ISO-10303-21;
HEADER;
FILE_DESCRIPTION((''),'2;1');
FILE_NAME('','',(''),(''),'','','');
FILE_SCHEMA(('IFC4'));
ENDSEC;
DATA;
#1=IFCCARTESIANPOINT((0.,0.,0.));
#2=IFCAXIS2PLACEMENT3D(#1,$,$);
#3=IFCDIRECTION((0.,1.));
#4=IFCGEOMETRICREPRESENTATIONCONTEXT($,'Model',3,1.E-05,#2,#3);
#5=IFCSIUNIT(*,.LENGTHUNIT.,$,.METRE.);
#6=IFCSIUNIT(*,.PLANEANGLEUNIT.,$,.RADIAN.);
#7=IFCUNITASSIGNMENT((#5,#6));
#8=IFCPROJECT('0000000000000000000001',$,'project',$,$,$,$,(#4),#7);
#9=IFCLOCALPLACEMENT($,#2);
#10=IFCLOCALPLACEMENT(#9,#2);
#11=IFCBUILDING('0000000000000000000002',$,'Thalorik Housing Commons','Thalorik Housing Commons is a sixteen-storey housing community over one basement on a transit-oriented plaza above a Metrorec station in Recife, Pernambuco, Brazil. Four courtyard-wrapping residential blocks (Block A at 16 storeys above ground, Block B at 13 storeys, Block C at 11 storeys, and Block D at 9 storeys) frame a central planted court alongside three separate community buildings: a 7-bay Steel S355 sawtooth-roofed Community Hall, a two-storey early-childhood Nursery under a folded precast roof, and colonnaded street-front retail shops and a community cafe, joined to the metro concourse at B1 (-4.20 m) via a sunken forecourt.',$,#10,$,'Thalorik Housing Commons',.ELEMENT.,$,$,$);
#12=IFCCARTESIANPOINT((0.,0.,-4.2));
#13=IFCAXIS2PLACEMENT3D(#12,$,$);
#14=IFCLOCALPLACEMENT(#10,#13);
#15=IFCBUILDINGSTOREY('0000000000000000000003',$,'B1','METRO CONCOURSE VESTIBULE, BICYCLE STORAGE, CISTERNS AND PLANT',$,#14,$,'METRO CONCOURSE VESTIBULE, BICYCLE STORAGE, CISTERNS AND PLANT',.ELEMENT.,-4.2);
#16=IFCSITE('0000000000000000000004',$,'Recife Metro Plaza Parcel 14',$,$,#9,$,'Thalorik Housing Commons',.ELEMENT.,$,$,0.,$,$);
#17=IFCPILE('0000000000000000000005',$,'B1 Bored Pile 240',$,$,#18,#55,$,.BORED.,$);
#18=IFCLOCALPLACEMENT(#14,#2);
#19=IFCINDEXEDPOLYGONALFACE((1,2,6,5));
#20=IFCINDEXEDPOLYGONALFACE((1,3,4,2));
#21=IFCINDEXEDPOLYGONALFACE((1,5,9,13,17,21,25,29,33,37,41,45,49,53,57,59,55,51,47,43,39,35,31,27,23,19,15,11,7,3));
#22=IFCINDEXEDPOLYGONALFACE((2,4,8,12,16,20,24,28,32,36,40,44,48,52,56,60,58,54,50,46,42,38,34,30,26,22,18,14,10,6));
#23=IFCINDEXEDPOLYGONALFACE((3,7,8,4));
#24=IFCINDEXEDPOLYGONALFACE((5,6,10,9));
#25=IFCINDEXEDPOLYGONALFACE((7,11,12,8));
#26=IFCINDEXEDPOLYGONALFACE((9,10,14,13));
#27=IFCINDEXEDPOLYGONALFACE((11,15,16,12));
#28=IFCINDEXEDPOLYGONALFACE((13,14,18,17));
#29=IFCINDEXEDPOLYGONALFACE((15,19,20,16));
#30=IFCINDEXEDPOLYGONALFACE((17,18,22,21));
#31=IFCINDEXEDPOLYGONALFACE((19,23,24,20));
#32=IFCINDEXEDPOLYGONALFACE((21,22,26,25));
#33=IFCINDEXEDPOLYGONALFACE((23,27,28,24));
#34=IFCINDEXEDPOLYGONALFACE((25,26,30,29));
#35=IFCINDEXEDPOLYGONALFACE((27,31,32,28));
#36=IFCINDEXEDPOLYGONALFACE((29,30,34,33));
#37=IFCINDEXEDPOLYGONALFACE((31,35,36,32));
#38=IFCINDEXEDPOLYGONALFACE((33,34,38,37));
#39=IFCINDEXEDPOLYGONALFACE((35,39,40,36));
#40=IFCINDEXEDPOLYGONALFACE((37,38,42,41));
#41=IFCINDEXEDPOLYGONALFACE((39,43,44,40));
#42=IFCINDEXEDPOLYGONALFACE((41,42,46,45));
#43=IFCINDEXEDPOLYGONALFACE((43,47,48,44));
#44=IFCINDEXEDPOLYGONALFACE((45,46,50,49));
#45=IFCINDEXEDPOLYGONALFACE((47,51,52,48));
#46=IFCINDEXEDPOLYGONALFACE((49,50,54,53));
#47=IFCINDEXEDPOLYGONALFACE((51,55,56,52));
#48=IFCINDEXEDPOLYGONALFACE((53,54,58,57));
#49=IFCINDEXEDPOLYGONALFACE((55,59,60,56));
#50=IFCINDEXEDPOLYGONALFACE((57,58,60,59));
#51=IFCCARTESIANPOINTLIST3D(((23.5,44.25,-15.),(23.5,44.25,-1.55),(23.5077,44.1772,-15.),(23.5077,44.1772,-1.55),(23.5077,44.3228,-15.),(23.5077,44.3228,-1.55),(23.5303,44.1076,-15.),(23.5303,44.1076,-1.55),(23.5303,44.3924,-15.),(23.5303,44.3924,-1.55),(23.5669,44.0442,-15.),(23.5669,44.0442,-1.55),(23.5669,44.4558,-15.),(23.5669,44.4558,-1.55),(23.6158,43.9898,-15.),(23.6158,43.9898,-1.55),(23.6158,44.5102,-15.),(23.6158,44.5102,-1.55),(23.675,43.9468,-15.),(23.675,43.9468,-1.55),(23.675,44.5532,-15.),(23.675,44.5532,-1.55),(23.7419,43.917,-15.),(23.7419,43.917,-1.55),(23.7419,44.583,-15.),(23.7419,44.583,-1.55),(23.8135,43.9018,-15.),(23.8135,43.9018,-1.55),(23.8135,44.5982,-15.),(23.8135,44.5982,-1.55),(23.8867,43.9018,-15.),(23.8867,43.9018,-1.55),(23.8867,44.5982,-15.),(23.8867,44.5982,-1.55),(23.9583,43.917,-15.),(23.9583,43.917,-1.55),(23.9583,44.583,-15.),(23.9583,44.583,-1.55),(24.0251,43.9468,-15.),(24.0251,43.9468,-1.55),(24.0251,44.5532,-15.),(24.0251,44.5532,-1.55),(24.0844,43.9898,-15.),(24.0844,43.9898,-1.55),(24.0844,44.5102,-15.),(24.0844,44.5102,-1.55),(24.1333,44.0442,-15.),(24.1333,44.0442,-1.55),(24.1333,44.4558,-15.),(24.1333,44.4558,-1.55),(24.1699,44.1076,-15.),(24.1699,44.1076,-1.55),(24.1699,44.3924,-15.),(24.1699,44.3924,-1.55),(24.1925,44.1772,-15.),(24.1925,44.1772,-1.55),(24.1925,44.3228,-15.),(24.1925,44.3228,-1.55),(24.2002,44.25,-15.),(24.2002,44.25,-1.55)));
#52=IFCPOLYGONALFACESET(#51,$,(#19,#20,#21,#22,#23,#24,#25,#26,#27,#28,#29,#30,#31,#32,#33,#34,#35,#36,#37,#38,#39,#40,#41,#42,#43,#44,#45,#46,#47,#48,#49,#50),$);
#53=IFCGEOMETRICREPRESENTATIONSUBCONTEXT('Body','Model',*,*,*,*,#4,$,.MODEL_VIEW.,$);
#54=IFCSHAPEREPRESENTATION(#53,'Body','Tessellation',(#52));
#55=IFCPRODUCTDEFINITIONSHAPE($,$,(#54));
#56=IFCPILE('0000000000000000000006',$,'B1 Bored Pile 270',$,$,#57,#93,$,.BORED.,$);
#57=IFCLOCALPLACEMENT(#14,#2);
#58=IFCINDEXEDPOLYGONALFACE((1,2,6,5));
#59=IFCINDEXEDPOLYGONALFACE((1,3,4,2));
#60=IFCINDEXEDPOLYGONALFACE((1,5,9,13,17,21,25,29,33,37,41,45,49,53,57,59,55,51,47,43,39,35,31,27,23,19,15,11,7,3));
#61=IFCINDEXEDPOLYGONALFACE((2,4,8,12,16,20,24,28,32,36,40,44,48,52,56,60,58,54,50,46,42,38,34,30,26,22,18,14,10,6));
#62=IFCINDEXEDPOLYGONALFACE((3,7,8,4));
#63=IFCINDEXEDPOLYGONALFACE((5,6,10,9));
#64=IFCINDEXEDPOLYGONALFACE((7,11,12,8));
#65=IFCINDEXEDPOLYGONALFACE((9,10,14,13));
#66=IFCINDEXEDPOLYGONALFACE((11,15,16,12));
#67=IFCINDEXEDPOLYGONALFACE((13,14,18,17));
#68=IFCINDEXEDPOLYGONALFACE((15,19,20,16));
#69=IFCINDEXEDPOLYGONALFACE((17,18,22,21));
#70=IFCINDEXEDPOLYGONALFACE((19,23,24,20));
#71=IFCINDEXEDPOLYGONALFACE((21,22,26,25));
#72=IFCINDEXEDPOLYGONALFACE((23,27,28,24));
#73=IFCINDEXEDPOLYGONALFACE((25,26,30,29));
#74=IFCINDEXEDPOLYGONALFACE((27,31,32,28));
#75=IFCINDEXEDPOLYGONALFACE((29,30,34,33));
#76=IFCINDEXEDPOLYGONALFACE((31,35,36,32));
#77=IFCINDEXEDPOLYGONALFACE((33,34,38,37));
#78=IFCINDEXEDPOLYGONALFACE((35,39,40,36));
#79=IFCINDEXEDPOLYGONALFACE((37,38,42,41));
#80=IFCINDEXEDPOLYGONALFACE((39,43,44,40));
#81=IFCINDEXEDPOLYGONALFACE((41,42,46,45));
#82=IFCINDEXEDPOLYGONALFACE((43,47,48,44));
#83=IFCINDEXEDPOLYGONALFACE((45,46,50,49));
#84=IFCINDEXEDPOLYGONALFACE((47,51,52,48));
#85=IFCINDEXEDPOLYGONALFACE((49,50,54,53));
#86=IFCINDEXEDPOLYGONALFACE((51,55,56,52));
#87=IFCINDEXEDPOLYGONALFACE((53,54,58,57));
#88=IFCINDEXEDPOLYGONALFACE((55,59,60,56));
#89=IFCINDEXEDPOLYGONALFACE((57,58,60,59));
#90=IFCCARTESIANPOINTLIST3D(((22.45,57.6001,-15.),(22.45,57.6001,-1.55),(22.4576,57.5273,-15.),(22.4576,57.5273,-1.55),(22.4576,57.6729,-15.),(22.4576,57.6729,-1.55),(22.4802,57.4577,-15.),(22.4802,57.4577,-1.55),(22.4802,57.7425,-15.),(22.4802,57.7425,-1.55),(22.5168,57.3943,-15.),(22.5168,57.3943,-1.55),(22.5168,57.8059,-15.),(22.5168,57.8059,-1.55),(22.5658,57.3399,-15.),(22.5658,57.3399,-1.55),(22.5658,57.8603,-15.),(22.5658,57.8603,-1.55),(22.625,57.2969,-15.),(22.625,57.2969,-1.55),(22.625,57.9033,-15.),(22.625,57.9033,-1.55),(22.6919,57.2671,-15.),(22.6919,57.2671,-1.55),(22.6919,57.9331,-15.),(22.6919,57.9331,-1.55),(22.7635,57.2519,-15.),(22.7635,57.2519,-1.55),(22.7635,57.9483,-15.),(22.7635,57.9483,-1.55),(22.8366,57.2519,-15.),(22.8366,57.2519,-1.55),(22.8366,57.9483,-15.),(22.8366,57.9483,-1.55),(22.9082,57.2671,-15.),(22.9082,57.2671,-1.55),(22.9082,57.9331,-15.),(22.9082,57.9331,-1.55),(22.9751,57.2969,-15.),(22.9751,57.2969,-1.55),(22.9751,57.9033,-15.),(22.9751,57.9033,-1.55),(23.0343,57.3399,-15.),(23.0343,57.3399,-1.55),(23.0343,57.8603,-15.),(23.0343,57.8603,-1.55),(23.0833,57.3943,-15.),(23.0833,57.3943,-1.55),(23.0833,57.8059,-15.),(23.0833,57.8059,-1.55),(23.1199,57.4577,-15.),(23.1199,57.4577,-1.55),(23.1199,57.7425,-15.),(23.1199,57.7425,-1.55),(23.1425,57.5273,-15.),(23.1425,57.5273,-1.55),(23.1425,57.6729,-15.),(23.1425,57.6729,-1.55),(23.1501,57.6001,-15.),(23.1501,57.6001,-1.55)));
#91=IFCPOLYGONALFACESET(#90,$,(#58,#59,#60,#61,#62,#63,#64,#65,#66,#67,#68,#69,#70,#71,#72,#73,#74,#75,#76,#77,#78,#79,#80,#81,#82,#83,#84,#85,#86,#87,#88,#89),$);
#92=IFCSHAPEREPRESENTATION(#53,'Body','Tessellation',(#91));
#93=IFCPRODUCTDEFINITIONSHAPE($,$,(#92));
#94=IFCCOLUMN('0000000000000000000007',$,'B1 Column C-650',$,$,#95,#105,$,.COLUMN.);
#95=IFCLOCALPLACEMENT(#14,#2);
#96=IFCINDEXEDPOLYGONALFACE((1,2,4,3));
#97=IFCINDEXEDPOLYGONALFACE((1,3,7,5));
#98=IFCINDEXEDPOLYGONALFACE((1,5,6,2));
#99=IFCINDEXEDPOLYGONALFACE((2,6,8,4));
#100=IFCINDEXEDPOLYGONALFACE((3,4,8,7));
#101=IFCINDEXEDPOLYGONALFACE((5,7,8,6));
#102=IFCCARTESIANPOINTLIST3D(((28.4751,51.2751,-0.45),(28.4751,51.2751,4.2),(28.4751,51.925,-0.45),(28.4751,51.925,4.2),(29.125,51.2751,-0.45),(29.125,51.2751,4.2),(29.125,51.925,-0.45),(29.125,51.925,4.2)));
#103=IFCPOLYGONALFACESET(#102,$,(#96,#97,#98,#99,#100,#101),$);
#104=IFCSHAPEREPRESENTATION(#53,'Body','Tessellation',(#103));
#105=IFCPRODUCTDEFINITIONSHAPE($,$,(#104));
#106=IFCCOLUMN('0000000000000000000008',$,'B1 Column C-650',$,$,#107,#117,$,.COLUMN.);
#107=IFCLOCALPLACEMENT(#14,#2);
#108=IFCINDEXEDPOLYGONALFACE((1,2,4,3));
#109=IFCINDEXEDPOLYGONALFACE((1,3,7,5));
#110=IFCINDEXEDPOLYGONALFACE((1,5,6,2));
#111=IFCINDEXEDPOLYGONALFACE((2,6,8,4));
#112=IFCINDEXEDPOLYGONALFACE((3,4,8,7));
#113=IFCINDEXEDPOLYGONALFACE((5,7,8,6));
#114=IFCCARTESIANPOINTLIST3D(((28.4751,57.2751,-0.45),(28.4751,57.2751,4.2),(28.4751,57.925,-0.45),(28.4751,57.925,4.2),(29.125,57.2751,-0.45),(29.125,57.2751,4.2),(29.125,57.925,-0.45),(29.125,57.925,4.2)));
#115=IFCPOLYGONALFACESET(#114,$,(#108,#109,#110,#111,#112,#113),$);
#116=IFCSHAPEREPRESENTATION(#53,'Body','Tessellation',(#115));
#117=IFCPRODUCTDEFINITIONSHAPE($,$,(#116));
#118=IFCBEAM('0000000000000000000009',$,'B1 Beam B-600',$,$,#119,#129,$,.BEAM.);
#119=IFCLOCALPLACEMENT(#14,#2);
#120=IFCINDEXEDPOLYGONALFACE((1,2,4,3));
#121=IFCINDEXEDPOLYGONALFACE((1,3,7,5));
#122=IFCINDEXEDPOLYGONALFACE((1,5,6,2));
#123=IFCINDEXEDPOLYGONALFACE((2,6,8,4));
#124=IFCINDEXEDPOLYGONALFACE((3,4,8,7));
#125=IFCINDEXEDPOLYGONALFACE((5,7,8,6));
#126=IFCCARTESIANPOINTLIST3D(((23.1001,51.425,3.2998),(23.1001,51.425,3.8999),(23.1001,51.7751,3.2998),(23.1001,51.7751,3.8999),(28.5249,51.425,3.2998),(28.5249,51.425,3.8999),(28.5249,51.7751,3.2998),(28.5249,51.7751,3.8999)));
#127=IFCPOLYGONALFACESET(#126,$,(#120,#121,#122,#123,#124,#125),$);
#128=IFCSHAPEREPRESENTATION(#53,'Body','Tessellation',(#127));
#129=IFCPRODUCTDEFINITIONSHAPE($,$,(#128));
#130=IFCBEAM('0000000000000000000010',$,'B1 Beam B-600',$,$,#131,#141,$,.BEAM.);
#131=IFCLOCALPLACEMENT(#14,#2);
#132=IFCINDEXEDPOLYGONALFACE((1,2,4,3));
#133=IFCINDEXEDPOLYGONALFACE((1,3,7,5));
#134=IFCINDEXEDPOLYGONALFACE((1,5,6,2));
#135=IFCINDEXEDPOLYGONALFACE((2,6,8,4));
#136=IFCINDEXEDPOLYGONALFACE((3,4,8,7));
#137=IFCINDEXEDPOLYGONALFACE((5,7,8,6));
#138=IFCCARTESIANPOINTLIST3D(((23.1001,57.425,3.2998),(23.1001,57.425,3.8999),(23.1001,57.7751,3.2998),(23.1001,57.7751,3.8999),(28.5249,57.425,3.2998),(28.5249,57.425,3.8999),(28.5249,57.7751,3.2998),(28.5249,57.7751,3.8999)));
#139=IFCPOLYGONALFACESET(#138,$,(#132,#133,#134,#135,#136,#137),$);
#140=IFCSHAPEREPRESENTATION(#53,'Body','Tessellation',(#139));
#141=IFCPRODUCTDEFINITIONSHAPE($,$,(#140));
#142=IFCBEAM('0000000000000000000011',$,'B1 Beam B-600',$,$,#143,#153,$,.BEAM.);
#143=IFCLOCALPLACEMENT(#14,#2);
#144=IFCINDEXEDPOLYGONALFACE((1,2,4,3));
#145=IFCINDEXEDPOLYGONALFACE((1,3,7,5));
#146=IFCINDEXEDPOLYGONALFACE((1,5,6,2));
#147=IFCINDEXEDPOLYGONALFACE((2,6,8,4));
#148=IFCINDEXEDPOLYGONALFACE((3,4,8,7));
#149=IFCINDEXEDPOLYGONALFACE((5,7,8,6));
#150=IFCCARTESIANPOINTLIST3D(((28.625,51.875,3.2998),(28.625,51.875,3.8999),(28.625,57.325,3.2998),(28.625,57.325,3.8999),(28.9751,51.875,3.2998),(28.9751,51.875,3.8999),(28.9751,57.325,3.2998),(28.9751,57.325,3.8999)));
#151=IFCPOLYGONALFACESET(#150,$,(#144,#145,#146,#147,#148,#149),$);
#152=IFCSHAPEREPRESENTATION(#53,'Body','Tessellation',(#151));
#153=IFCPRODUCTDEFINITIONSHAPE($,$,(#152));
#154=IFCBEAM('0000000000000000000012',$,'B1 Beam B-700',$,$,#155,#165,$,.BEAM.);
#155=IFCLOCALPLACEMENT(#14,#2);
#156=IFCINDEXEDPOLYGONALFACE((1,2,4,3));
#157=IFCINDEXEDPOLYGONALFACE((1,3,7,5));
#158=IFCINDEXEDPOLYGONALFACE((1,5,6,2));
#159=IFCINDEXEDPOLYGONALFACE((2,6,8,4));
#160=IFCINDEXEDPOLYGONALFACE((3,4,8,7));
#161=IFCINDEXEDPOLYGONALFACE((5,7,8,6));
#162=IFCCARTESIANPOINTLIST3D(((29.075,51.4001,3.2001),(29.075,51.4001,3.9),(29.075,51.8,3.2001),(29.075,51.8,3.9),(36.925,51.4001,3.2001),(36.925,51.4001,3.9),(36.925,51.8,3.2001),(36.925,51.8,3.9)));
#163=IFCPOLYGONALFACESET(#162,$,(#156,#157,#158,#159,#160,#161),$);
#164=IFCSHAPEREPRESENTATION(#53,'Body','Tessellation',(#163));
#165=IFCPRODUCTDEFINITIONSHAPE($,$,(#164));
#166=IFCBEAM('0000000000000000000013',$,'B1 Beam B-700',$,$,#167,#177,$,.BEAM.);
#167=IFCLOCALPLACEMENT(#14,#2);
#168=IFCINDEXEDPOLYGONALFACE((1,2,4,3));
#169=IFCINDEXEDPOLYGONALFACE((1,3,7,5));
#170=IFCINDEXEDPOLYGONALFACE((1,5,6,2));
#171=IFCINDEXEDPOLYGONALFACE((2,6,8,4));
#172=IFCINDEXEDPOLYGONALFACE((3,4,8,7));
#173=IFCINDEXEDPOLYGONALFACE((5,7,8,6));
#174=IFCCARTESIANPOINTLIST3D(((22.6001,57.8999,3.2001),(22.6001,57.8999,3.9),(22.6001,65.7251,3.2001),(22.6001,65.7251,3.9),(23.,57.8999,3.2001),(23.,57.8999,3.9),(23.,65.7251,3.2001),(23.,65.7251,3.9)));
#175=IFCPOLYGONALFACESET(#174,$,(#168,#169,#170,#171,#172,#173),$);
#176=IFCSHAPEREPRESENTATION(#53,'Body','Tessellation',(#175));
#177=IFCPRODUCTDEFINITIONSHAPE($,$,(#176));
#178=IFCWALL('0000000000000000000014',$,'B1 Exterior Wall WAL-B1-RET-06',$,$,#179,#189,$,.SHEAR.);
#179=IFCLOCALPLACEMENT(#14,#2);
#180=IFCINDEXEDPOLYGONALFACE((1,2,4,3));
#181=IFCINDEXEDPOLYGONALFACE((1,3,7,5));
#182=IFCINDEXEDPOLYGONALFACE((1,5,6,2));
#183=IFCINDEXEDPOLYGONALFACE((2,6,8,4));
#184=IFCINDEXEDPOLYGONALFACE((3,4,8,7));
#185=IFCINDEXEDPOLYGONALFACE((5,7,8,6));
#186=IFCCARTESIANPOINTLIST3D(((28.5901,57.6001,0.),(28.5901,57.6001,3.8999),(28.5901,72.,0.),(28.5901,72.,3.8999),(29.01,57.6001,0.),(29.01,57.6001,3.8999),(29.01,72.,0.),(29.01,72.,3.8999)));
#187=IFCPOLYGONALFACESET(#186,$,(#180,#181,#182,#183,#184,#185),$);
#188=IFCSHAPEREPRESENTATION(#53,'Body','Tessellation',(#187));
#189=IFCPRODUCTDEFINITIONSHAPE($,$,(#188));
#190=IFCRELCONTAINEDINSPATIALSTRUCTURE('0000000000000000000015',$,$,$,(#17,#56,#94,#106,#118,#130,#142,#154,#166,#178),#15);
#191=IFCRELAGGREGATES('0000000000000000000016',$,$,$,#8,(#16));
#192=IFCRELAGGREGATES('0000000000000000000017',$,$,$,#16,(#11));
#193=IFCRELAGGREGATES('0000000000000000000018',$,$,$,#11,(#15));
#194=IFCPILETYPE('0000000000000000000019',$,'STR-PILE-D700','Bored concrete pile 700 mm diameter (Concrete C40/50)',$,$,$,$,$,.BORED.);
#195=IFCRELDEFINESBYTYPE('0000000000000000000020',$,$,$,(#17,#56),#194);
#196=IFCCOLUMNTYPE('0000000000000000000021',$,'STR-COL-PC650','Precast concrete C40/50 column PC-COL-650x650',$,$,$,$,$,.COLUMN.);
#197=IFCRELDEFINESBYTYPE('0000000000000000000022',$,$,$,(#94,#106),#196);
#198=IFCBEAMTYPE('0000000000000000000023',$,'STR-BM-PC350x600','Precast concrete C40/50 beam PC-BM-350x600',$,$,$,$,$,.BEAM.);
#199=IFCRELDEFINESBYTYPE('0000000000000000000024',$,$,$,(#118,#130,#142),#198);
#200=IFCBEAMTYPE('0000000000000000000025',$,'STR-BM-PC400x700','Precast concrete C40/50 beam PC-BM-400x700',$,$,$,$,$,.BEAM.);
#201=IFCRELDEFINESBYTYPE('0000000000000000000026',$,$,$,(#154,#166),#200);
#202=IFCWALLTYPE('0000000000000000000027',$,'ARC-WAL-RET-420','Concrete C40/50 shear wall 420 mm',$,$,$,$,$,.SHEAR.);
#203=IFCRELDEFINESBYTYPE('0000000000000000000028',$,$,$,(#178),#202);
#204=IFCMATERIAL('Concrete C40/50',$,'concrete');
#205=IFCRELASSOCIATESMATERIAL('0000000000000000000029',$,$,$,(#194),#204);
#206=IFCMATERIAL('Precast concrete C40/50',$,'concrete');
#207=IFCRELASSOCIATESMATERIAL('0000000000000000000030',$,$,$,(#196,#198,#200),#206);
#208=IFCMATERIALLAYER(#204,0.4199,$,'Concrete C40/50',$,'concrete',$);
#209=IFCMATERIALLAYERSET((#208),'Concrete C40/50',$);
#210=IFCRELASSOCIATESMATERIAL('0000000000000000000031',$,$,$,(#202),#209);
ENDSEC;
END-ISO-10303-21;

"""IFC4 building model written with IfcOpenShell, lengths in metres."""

from ifc_helpers import new_model, si_unit, direction, frame, frame_2d, origin, origin_2d, place, context, subcontext, project, spatial, rectangle, circle, extrude, material, layer, layer_set, material_profile, profile_set, type_object, element, save


model = new_model("IFC4")

# Units and contexts
model_context = context("Model", 3, precision=1e-05, world=origin(), true_north=direction((0.0, 1.0)))
body_context = subcontext(model_context, "Body", "Model", "MODEL_VIEW")
ifc_project = project(units=[si_unit("LENGTHUNIT", "METRE"), si_unit("PLANEANGLEUNIT", "RADIAN")], contexts=[model_context])

# Site, building, storey
site_placement = place(None, origin())
site = spatial("IfcSite", under=ifc_project, at=site_placement, Name="Recife Metro Plaza Parcel 14", LongName="Thalorik Housing Commons", CompositionType="ELEMENT", RefElevation=0.0)
building_placement = place(site_placement, origin())
building = spatial("IfcBuilding", under=site, at=building_placement, Name="Thalorik Housing Commons", Description="Thalorik Housing Commons is a sixteen-storey housing community over one basement on a transit-oriented plaza above a Metrorec station in Recife, Pernambuco, Brazil. Four courtyard-wrapping residential blocks (Block A at 16 storeys above ground, Block B at 13 storeys, Block C at 11 storeys, and Block D at 9 storeys) frame a central planted court alongside three separate community buildings: a 7-bay Steel S355 sawtooth-roofed Community Hall, a two-storey early-childhood Nursery under a folded precast roof, and colonnaded street-front retail shops and a community cafe, joined to the metro concourse at B1 (-4.20 m) via a sunken forecourt.", LongName="Thalorik Housing Commons", CompositionType="ELEMENT")
storey_placement = place(building_placement, frame((0.0, 0.0, -4.2)))
storey = spatial("IfcBuildingStorey", under=building, at=storey_placement, Name="B1", Description="METRO CONCOURSE VESTIBULE, BICYCLE STORAGE, CISTERNS AND PLANT", LongName="METRO CONCOURSE VESTIBULE, BICYCLE STORAGE, CISTERNS AND PLANT", CompositionType="ELEMENT", Elevation=-4.2)

# Shared definitions
ifc_material_1 = material(Name="Concrete C40/50", Category="concrete")

# Piles
ifc_material_profile_1 = material_profile(ifc_material_1, circle(Radius=0.3501, at=origin_2d()), Name="BORED PILE D700", Category="concrete")
ifc_profile_set_1 = profile_set([ifc_material_profile_1], Name="Concrete C40/50")
pile_type_1 = type_object("IfcPileType", Name="STR-PILE-D700", Description="Bored concrete pile 700 mm diameter (Concrete C40/50)", PredefinedType="BORED", material=ifc_profile_set_1)
for number, where, z_axis, x_axis, name in (
    (1, (23.8501, 44.25, -1.55), (0.0, 0.0, -1.0), (1.0, 0.0, 0.0), "B1 Bored Pile 240"),
    (2, (22.8, 57.6001, -1.55), (0.0, 0.0, -1.0), (1.0, 0.0, 0.0), "B1 Bored Pile 270"),
):
    element("IfcPile", number, at=place(storey_placement, frame(where, z_axis=z_axis, x_axis=x_axis)), inside=storey, type_object=pile_type_1, Name=name, PredefinedType="BORED", context=body_context, shape_type="SweptSolid", body=[
        extrude(circle(Radius=0.3501, at=origin_2d()), origin(), (0.0, 0.0, 1.0), 13.45),
    ])

# Columns
ifc_material_2 = material(Name="Precast concrete C40/50", Category="concrete")
ifc_material_profile_2 = material_profile(ifc_material_2, rectangle(XDim=0.6499, YDim=0.6499, at=origin_2d()), Name="PC 650x650", Category="concrete")
ifc_profile_set_2 = profile_set([ifc_material_profile_2], Name="Precast concrete C40/50")
column_type = type_object("IfcColumnType", Name="STR-COL-PC650", Description="Precast concrete C40/50 column PC-COL-650x650", PredefinedType="COLUMN", material=ifc_profile_set_2)
for number, where, z_axis, x_axis, name in (
    (3, (28.8, 51.6001, -0.45), (0.0, 0.0, 1.0), (1.0, 0.0, 0.0), "B1 Column C-650"),
    (4, (28.8, 57.6001, -0.45), (0.0, 0.0, 1.0), (1.0, 0.0, 0.0), "B1 Column C-650"),
):
    element("IfcColumn", number, at=place(storey_placement, frame(where, z_axis=z_axis, x_axis=x_axis)), inside=storey, type_object=column_type, Name=name, PredefinedType="COLUMN", context=body_context, shape_type="SweptSolid", body=[
        extrude(rectangle(XDim=0.6499, YDim=0.6499, at=origin_2d()), origin(), (0.0, 0.0, 1.0), 4.6499),
    ])

# Beams
ifc_material_profile_3 = material_profile(ifc_material_2, rectangle(XDim=0.3501, YDim=0.6001, at=origin_2d()), Name="PC 350x600", Category="concrete")
ifc_profile_set_3 = profile_set([ifc_material_profile_3], Name="Precast concrete C40/50")
beam_type_1 = type_object("IfcBeamType", Name="STR-BM-PC350x600", Description="Precast concrete C40/50 beam PC-BM-350x600", PredefinedType="BEAM", material=ifc_profile_set_3)
for number, where, z_axis, x_axis, name in (
    (5, (23.1001, 51.6001, 3.5999), (1.0, 0.0, 0.0), (0.0, 1.0, 0.0), "B1 Beam B-600"),
    (6, (23.1001, 57.6001, 3.5999), (1.0, 0.0, 0.0), (0.0, 1.0, 0.0), "B1 Beam B-600"),
):
    element("IfcBeam", number, at=place(storey_placement, frame(where, z_axis=z_axis, x_axis=x_axis)), inside=storey, type_object=beam_type_1, Name=name, PredefinedType="BEAM", context=body_context, shape_type="SweptSolid", body=[
        extrude(rectangle(XDim=0.3501, YDim=0.6001, at=origin_2d()), origin(), (0.0, 0.0, 1.0), 5.4248),
    ])
beam_1_placement = place(storey_placement, frame((28.8, 51.875, 3.5999), z_axis=(0.0, 1.0, 0.0), x_axis=(-1.0, 0.0, 0.0)))
element("IfcBeam", 7, at=beam_1_placement, inside=storey, type_object=beam_type_1, Name="B1 Beam B-600", PredefinedType="BEAM", context=body_context, shape_type="SweptSolid", body=[
    extrude(rectangle(XDim=0.3501, YDim=0.6001, at=origin_2d()), origin(), (0.0, 0.0, 1.0), 5.45),
])
ifc_material_profile_4 = material_profile(ifc_material_2, rectangle(XDim=0.3999, YDim=0.7, at=origin_2d()), Name="PC 400x700", Category="concrete")
ifc_profile_set_4 = profile_set([ifc_material_profile_4], Name="Precast concrete C40/50")
beam_type_2 = type_object("IfcBeamType", Name="STR-BM-PC400x700", Description="Precast concrete C40/50 beam PC-BM-400x700", PredefinedType="BEAM", material=ifc_profile_set_4)
beam_2_placement = place(storey_placement, frame((29.075, 51.6001, 3.55), z_axis=(1.0, 0.0, 0.0), x_axis=(0.0, 1.0, 0.0)))
element("IfcBeam", 8, at=beam_2_placement, inside=storey, type_object=beam_type_2, Name="B1 Beam B-700", PredefinedType="BEAM", context=body_context, shape_type="SweptSolid", body=[
    extrude(rectangle(XDim=0.3999, YDim=0.7, at=origin_2d()), origin(), (0.0, 0.0, 1.0), 7.8501),
])
beam_3_placement = place(storey_placement, frame((22.8, 57.8999, 3.55), z_axis=(0.0, 1.0, 0.0), x_axis=(-1.0, 0.0, 0.0)))
element("IfcBeam", 9, at=beam_3_placement, inside=storey, type_object=beam_type_2, Name="B1 Beam B-700", PredefinedType="BEAM", context=body_context, shape_type="SweptSolid", body=[
    extrude(rectangle(XDim=0.3999, YDim=0.7, at=origin_2d()), origin(), (0.0, 0.0, 1.0), 7.8252),
])

# Wall
ifc_layer = layer(ifc_material_1, 0.4199, Name="Concrete C40/50", Category="concrete")
ifc_layer_set = layer_set([ifc_layer], Name="Concrete C40/50")
wall_type = type_object("IfcWallType", Name="ARC-WAL-RET-420", Description="Concrete C40/50 shear wall 420 mm", PredefinedType="SHEAR", material=ifc_layer_set)
wall_placement = place(storey_placement, frame((28.8, 57.6001, 0.0), z_axis=(0.0, 0.0, 1.0), x_axis=(0.0, 1.0, 0.0)))
element("IfcWall", 10, at=wall_placement, inside=storey, type_object=wall_type, Name="B1 Exterior Wall WAL-B1-RET-06", PredefinedType="SHEAR", context=body_context, shape_type="SweptSolid", body=[
    extrude(rectangle(XDim=14.3999, YDim=0.4199, at=frame_2d((7.2, 0.0))), origin(), (0.0, 0.0, 1.0), 3.8999),
])

save(model, "model.ifc")
